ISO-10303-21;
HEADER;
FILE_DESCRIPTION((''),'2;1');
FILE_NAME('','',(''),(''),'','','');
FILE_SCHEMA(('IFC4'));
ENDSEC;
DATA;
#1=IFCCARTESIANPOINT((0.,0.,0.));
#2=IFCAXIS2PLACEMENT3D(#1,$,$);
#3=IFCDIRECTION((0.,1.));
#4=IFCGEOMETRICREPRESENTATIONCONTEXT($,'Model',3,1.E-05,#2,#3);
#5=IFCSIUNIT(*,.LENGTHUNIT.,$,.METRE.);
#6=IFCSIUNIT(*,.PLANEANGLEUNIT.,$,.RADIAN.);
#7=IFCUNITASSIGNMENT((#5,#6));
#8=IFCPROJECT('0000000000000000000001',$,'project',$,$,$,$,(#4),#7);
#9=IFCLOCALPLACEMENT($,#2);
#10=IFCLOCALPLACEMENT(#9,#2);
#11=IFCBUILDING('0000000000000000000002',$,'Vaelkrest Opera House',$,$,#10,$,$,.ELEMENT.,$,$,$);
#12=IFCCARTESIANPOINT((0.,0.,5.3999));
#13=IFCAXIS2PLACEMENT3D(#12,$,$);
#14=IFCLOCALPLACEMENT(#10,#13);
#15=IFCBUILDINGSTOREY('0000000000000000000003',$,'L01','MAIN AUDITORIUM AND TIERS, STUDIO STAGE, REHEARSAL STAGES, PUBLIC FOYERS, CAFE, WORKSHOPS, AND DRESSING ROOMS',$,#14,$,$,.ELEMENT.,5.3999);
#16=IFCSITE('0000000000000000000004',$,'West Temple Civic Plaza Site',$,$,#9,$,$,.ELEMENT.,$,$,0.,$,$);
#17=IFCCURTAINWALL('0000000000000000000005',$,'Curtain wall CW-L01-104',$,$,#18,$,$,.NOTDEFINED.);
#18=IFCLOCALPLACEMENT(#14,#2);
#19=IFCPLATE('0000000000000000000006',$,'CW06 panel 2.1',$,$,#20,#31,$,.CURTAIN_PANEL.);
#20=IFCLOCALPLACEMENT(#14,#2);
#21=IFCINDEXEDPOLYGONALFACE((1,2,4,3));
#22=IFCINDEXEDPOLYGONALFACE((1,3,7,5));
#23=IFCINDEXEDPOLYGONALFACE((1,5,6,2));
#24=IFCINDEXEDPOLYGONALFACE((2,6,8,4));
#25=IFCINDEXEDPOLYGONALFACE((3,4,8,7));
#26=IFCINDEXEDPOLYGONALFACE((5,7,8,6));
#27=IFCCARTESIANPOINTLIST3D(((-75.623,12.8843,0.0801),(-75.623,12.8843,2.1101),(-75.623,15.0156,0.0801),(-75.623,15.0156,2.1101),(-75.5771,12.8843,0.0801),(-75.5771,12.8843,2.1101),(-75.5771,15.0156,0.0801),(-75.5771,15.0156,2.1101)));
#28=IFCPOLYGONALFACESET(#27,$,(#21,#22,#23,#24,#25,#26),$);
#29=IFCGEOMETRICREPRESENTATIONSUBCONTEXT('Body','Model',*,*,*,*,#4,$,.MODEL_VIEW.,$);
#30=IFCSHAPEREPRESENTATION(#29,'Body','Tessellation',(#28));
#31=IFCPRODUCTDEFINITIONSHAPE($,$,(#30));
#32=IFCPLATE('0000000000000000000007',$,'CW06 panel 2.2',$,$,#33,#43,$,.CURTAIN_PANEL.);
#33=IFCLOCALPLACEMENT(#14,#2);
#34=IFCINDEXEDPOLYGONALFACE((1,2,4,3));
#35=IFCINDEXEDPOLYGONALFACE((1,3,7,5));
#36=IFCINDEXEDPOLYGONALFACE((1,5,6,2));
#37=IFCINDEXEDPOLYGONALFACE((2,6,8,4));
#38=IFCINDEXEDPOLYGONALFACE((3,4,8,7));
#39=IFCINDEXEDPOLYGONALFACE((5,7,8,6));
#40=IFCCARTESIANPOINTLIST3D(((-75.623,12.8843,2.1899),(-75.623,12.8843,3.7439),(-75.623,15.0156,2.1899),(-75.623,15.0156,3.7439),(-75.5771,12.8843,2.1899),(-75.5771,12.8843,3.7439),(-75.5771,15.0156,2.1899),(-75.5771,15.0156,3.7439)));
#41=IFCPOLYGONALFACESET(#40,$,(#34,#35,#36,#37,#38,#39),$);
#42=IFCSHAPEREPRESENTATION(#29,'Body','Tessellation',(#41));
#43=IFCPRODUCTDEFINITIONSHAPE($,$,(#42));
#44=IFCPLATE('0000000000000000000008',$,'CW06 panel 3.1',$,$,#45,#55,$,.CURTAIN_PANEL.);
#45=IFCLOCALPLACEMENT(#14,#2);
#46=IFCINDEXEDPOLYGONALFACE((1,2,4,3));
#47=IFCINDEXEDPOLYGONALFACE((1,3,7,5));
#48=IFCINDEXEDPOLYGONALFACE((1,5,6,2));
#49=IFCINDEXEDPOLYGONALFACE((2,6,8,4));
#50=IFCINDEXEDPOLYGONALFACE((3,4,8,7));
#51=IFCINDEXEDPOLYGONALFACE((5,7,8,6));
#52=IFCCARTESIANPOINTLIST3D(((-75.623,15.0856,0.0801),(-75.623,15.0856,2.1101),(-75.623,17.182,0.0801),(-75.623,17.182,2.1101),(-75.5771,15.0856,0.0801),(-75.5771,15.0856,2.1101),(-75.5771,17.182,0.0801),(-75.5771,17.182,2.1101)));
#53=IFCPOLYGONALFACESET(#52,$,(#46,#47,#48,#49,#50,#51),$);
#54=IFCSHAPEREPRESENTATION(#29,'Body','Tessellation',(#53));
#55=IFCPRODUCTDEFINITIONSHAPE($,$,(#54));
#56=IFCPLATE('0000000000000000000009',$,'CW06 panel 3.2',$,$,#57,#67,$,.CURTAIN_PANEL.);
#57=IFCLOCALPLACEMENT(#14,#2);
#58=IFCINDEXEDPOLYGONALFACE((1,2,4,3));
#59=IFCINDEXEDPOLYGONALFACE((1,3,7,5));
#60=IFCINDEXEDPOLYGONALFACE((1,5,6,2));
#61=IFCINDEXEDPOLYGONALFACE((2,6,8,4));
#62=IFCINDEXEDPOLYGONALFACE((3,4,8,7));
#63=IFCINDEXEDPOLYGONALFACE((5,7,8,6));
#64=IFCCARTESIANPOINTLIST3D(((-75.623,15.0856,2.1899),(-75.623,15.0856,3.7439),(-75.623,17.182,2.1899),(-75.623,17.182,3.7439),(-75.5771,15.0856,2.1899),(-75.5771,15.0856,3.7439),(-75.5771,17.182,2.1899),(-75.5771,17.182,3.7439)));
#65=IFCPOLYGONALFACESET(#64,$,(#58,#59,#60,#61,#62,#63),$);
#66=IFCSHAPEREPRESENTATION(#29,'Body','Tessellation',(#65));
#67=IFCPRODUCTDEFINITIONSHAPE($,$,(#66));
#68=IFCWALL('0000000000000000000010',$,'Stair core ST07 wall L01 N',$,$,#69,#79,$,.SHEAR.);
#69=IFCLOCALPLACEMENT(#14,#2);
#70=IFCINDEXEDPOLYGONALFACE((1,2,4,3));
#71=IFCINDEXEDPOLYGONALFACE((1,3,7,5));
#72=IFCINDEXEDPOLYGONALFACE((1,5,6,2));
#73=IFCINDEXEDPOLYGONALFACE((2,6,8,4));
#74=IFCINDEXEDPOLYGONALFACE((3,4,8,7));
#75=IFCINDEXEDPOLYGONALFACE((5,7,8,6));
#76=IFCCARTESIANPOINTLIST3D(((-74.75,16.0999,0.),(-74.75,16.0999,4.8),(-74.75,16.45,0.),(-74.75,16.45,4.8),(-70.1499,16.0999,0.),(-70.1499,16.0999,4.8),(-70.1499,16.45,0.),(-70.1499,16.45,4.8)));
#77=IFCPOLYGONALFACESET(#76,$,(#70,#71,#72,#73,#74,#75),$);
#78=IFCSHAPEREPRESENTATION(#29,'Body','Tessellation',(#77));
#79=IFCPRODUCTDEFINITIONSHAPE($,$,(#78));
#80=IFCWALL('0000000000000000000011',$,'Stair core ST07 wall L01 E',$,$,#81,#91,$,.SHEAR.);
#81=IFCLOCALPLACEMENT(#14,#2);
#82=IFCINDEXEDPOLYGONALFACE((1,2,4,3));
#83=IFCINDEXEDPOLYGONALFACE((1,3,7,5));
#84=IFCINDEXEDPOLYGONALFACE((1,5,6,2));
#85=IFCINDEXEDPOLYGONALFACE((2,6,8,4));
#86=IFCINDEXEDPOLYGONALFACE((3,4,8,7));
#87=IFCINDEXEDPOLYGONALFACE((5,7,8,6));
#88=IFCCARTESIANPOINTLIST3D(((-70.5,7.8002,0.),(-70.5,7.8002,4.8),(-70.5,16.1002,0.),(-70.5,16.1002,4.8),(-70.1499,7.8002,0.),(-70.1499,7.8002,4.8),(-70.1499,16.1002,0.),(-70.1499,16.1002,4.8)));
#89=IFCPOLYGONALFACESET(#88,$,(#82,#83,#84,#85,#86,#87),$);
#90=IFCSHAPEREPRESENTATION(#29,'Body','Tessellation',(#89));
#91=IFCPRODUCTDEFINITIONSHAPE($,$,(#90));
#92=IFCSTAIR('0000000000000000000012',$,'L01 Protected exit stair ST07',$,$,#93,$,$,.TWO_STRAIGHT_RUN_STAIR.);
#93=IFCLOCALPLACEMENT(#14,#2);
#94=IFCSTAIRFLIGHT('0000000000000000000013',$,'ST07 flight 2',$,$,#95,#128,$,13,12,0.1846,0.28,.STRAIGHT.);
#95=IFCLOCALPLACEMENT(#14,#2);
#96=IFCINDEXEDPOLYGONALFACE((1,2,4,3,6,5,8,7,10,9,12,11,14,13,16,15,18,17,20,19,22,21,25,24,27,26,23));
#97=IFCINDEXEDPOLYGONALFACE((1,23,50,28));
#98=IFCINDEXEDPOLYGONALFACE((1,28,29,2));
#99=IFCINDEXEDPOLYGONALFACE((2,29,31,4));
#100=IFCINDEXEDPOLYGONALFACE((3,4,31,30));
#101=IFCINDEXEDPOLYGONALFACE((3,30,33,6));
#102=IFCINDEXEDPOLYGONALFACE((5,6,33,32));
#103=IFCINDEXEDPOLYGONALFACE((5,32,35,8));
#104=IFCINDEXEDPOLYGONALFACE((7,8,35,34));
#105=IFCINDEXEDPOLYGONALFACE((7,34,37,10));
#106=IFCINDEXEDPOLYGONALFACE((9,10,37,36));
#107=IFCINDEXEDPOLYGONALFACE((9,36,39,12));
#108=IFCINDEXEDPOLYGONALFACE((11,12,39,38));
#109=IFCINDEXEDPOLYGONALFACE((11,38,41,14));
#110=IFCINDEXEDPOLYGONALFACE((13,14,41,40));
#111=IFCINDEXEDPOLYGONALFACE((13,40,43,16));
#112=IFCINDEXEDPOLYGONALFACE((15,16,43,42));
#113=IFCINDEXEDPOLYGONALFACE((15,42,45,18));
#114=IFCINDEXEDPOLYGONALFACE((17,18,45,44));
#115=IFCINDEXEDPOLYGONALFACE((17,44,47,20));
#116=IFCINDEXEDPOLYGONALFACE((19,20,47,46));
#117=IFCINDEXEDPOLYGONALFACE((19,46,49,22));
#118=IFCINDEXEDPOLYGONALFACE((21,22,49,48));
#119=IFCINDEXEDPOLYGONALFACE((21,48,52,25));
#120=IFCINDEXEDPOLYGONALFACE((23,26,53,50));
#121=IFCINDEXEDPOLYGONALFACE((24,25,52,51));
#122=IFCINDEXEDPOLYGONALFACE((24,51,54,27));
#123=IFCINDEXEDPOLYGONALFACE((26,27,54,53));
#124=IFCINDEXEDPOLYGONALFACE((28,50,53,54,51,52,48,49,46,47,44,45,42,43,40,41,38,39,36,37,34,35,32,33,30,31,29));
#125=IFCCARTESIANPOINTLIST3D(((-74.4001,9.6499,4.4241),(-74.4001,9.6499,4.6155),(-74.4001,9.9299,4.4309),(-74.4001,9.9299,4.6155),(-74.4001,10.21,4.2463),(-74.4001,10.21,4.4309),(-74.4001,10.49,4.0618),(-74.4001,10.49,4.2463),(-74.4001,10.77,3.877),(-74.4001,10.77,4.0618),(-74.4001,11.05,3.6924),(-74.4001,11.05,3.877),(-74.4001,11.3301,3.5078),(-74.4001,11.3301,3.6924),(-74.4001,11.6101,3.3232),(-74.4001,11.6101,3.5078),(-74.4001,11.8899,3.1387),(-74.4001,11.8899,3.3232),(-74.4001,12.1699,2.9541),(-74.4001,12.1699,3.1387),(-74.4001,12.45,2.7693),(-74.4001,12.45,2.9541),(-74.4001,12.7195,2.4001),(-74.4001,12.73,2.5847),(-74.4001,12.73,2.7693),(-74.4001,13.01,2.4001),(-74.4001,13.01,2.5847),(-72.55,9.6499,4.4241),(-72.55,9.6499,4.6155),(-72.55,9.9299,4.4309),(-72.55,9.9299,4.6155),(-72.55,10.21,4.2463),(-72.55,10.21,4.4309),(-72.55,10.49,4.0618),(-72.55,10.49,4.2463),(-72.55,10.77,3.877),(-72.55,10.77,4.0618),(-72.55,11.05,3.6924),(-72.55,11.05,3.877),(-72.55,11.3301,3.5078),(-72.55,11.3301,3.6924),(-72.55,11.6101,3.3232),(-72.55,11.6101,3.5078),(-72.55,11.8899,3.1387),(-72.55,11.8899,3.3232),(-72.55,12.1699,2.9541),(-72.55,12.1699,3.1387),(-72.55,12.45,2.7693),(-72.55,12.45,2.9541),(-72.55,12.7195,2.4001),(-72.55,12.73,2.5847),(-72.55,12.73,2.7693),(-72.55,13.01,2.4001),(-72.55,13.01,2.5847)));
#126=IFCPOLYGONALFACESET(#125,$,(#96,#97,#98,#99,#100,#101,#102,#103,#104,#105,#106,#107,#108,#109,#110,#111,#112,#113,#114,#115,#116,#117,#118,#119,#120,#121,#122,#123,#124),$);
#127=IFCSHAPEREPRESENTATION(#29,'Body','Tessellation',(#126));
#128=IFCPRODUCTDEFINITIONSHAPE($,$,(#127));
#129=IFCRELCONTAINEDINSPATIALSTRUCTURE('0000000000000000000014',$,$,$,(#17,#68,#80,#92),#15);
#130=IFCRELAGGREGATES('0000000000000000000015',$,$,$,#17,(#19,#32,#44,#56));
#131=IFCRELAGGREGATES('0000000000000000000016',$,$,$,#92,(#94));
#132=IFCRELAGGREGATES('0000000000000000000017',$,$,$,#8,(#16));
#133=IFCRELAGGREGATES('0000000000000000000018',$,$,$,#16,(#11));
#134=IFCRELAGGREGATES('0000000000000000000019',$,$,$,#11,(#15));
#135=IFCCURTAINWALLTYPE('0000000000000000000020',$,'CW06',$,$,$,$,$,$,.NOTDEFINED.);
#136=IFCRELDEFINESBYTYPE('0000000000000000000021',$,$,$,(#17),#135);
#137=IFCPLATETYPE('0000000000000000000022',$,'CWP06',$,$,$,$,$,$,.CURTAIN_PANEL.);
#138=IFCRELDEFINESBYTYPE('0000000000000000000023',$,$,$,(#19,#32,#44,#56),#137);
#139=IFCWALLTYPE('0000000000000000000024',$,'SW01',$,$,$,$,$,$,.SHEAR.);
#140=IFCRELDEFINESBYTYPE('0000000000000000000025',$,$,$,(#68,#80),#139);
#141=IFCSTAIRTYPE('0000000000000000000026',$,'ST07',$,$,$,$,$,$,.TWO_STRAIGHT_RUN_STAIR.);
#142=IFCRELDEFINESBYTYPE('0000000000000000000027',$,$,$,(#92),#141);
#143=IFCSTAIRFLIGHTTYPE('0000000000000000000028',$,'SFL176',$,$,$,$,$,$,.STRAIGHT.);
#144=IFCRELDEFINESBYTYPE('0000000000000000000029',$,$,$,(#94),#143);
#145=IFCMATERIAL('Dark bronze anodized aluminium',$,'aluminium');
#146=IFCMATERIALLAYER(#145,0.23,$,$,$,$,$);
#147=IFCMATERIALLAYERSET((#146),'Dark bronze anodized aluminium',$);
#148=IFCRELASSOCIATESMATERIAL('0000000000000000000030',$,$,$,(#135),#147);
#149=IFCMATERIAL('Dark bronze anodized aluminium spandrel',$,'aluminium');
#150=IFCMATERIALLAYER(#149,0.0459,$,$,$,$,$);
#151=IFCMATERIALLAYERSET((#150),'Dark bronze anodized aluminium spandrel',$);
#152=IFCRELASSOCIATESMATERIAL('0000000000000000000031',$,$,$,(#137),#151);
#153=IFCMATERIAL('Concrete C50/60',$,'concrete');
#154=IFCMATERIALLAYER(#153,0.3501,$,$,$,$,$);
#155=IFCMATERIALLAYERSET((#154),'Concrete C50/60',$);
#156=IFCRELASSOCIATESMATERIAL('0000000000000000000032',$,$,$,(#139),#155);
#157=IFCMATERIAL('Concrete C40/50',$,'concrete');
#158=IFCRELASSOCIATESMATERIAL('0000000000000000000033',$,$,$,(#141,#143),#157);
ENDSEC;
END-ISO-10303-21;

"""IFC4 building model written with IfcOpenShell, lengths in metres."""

from ifc_helpers import new_model, si_unit, direction, frame, frame_2d, origin, origin_2d, place, context, subcontext, project, spatial, polyline, rectangle, outline, extrude, material, layer, layer_set, type_object, element, aggregate, save


model = new_model("IFC4")

# Units and contexts
model_context = context("Model", 3, precision=1e-05, world=origin(), true_north=direction((0.0, 1.0)))
body_context = subcontext(model_context, "Body", "Model", "MODEL_VIEW")
ifc_project = project(units=[si_unit("LENGTHUNIT", "METRE"), si_unit("PLANEANGLEUNIT", "RADIAN")], contexts=[model_context])

# Site, building, storey
site_placement = place(None, origin())
site = spatial("IfcSite", under=ifc_project, at=site_placement, Name="West Temple Civic Plaza Site", CompositionType="ELEMENT", RefElevation=0.0)
building_placement = place(site_placement, origin())
building = spatial("IfcBuilding", under=site, at=building_placement, Name="Vaelkrest Opera House", CompositionType="ELEMENT")
storey_placement = place(building_placement, frame((0.0, 0.0, 5.3999)))
storey = spatial("IfcBuildingStorey", under=building, at=storey_placement, Name="L01", Description="MAIN AUDITORIUM AND TIERS, STUDIO STAGE, REHEARSAL STAGES, PUBLIC FOYERS, CAFE, WORKSHOPS, AND DRESSING ROOMS", CompositionType="ELEMENT", Elevation=5.3999)

# Shared definitions
ifc_material_1 = material(Name="Concrete C50/60", Category="concrete")

# Curtain wall
ifc_material_2 = material(Name="Dark bronze anodized aluminium", Category="aluminium")
ifc_layer_1 = layer(ifc_material_2, 0.23)
ifc_layer_set_1 = layer_set([ifc_layer_1], Name="Dark bronze anodized aluminium")
curtain_wall_type = type_object("IfcCurtainWallType", Name="CW06", PredefinedType="NOTDEFINED", material=ifc_layer_set_1)
curtain_wall_placement = place(storey_placement, origin())
curtain_wall = element("IfcCurtainWall", 1, at=curtain_wall_placement, inside=storey, type_object=curtain_wall_type, Name="Curtain wall CW-L01-104", PredefinedType="NOTDEFINED")

# Plates
ifc_material_3 = material(Name="Dark bronze anodized aluminium spandrel", Category="aluminium")
ifc_layer_2 = layer(ifc_material_3, 0.0459)
ifc_layer_set_2 = layer_set([ifc_layer_2], Name="Dark bronze anodized aluminium spandrel")
plate_type = type_object("IfcPlateType", Name="CWP06", PredefinedType="CURTAIN_PANEL", material=ifc_layer_set_2)
plate_1_placement = place(storey_placement, frame((-75.6001, 13.95, 0.0801), z_axis=(0.0, 0.0, 1.0), x_axis=(0.0, 1.0, 0.0)))
plate_1 = element("IfcPlate", 2, at=plate_1_placement, type_object=plate_type, Name="CW06 panel 2.1", PredefinedType="CURTAIN_PANEL", context=body_context, shape_type="SweptSolid", body=[
    extrude(rectangle(XDim=2.1313, YDim=0.0459, at=origin_2d()), origin(), (0.0, 0.0, 1.0), 2.03),
])
plate_2_placement = place(storey_placement, frame((-75.6001, 13.95, 2.1899), z_axis=(0.0, 0.0, 1.0), x_axis=(0.0, 1.0, 0.0)))
plate_2 = element("IfcPlate", 3, at=plate_2_placement, type_object=plate_type, Name="CW06 panel 2.2", PredefinedType="CURTAIN_PANEL", context=body_context, shape_type="SweptSolid", body=[
    extrude(rectangle(XDim=2.1313, YDim=0.0459, at=origin_2d()), origin(), (0.0, 0.0, 1.0), 1.554),
])
plate_3_placement = place(storey_placement, frame((-75.6001, 16.1338, 0.0801), z_axis=(0.0, 0.0, 1.0), x_axis=(0.0, 1.0, 0.0)))
plate_3 = element("IfcPlate", 4, at=plate_3_placement, type_object=plate_type, Name="CW06 panel 3.1", PredefinedType="CURTAIN_PANEL", context=body_context, shape_type="SweptSolid", body=[
    extrude(rectangle(XDim=2.0964, YDim=0.0459, at=origin_2d()), origin(), (0.0, 0.0, 1.0), 2.03),
])
plate_4_placement = place(storey_placement, frame((-75.6001, 16.1338, 2.1899), z_axis=(0.0, 0.0, 1.0), x_axis=(0.0, 1.0, 0.0)))
plate_4 = element("IfcPlate", 5, at=plate_4_placement, type_object=plate_type, Name="CW06 panel 3.2", PredefinedType="CURTAIN_PANEL", context=body_context, shape_type="SweptSolid", body=[
    extrude(rectangle(XDim=2.0964, YDim=0.0459, at=origin_2d()), origin(), (0.0, 0.0, 1.0), 1.554),
])
aggregate(curtain_wall, [plate_1, plate_2, plate_3, plate_4])

# Walls
ifc_layer_3 = layer(ifc_material_1, 0.3501)
ifc_layer_set_3 = layer_set([ifc_layer_3], Name="Concrete C50/60")
wall_type = type_object("IfcWallType", Name="SW01", PredefinedType="SHEAR", material=ifc_layer_set_3)
wall_1_placement = place(storey_placement, frame((-74.75, 16.2749, 0.0), z_axis=(0.0, 0.0, 1.0), x_axis=(1.0, 0.0, 0.0)))
element("IfcWall", 6, at=wall_1_placement, inside=storey, type_object=wall_type, Name="Stair core ST07 wall L01 N", PredefinedType="SHEAR", context=body_context, shape_type="SweptSolid", body=[
    extrude(rectangle(XDim=4.6001, YDim=0.3501, at=frame_2d((2.3, 0.0))), origin(), (0.0, 0.0, 1.0), 4.8),
])
wall_2_placement = place(storey_placement, frame((-70.325, 16.1001, 0.0), z_axis=(0.0, 0.0, 1.0), x_axis=(0.0, -1.0, 0.0)))
element("IfcWall", 7, at=wall_2_placement, inside=storey, type_object=wall_type, Name="Stair core ST07 wall L01 E", PredefinedType="SHEAR", context=body_context, shape_type="SweptSolid", body=[
    extrude(rectangle(XDim=8.3, YDim=0.3501, at=frame_2d((4.1499, 0.0))), origin(), (0.0, 0.0, 1.0), 4.8),
])

# Stair, stair flight
ifc_material_4 = material(Name="Concrete C40/50", Category="concrete")
stair_type = type_object("IfcStairType", Name="ST07", PredefinedType="TWO_STRAIGHT_RUN_STAIR", material=ifc_material_4)
stair_placement = place(storey_placement, origin())
stair = element("IfcStair", 8, at=stair_placement, inside=storey, type_object=stair_type, Name="L01 Protected exit stair ST07", PredefinedType="TWO_STRAIGHT_RUN_STAIR")
stair_flight_type = type_object("IfcStairFlightType", Name="SFL176", PredefinedType="STRAIGHT", material=ifc_material_4)
stair_flight_placement = place(storey_placement, frame((-73.4751, 13.01, 2.4001), z_axis=(0.0, 0.0, 1.0), x_axis=(0.0, -1.0, 0.0)))
stair_flight = element("IfcStairFlight", 9, at=stair_flight_placement, type_object=stair_flight_type, Name="ST07 flight 2", NumberOfRisers=13, NumberOfTreads=12, PredefinedType="STRAIGHT", RiserHeight=0.1846, TreadLength=0.28, context=body_context, shape_type="SweptSolid", body=[
    extrude(outline(polyline([(0.0, 0.0), (0.0, 0.1846), (0.28, 0.1846), (0.28, 0.3691), (0.5601, 0.3691), (0.5601, 0.554), (0.8401, 0.554), (0.8401, 0.7385), (1.1201, 0.7385), (1.1201, 0.9231), (1.3999, 0.9231), (1.3999, 1.1077), (1.6799, 1.1077), (1.6799, 1.2922), (1.96, 1.2922), (1.96, 1.4768), (2.24, 1.4768), (2.24, 1.6616), (2.52, 1.6616), (2.52, 1.8462), (2.8, 1.8462), (2.8, 2.0308), (3.0801, 2.0308), (3.0801, 2.2153), (3.3601, 2.2153), (3.3601, 2.3999), (3.3601, 2.0239), (0.2905, 0.0), (0.0, 0.0)])), frame((0.0, 0.925, 0.0), z_axis=(0.0, -1.0, 0.0), x_axis=(1.0, 0.0, 0.0)), (0.0, 0.0, 1.0), 1.8501),
])
aggregate(stair, [stair_flight])

save(model, "model.ifc")
